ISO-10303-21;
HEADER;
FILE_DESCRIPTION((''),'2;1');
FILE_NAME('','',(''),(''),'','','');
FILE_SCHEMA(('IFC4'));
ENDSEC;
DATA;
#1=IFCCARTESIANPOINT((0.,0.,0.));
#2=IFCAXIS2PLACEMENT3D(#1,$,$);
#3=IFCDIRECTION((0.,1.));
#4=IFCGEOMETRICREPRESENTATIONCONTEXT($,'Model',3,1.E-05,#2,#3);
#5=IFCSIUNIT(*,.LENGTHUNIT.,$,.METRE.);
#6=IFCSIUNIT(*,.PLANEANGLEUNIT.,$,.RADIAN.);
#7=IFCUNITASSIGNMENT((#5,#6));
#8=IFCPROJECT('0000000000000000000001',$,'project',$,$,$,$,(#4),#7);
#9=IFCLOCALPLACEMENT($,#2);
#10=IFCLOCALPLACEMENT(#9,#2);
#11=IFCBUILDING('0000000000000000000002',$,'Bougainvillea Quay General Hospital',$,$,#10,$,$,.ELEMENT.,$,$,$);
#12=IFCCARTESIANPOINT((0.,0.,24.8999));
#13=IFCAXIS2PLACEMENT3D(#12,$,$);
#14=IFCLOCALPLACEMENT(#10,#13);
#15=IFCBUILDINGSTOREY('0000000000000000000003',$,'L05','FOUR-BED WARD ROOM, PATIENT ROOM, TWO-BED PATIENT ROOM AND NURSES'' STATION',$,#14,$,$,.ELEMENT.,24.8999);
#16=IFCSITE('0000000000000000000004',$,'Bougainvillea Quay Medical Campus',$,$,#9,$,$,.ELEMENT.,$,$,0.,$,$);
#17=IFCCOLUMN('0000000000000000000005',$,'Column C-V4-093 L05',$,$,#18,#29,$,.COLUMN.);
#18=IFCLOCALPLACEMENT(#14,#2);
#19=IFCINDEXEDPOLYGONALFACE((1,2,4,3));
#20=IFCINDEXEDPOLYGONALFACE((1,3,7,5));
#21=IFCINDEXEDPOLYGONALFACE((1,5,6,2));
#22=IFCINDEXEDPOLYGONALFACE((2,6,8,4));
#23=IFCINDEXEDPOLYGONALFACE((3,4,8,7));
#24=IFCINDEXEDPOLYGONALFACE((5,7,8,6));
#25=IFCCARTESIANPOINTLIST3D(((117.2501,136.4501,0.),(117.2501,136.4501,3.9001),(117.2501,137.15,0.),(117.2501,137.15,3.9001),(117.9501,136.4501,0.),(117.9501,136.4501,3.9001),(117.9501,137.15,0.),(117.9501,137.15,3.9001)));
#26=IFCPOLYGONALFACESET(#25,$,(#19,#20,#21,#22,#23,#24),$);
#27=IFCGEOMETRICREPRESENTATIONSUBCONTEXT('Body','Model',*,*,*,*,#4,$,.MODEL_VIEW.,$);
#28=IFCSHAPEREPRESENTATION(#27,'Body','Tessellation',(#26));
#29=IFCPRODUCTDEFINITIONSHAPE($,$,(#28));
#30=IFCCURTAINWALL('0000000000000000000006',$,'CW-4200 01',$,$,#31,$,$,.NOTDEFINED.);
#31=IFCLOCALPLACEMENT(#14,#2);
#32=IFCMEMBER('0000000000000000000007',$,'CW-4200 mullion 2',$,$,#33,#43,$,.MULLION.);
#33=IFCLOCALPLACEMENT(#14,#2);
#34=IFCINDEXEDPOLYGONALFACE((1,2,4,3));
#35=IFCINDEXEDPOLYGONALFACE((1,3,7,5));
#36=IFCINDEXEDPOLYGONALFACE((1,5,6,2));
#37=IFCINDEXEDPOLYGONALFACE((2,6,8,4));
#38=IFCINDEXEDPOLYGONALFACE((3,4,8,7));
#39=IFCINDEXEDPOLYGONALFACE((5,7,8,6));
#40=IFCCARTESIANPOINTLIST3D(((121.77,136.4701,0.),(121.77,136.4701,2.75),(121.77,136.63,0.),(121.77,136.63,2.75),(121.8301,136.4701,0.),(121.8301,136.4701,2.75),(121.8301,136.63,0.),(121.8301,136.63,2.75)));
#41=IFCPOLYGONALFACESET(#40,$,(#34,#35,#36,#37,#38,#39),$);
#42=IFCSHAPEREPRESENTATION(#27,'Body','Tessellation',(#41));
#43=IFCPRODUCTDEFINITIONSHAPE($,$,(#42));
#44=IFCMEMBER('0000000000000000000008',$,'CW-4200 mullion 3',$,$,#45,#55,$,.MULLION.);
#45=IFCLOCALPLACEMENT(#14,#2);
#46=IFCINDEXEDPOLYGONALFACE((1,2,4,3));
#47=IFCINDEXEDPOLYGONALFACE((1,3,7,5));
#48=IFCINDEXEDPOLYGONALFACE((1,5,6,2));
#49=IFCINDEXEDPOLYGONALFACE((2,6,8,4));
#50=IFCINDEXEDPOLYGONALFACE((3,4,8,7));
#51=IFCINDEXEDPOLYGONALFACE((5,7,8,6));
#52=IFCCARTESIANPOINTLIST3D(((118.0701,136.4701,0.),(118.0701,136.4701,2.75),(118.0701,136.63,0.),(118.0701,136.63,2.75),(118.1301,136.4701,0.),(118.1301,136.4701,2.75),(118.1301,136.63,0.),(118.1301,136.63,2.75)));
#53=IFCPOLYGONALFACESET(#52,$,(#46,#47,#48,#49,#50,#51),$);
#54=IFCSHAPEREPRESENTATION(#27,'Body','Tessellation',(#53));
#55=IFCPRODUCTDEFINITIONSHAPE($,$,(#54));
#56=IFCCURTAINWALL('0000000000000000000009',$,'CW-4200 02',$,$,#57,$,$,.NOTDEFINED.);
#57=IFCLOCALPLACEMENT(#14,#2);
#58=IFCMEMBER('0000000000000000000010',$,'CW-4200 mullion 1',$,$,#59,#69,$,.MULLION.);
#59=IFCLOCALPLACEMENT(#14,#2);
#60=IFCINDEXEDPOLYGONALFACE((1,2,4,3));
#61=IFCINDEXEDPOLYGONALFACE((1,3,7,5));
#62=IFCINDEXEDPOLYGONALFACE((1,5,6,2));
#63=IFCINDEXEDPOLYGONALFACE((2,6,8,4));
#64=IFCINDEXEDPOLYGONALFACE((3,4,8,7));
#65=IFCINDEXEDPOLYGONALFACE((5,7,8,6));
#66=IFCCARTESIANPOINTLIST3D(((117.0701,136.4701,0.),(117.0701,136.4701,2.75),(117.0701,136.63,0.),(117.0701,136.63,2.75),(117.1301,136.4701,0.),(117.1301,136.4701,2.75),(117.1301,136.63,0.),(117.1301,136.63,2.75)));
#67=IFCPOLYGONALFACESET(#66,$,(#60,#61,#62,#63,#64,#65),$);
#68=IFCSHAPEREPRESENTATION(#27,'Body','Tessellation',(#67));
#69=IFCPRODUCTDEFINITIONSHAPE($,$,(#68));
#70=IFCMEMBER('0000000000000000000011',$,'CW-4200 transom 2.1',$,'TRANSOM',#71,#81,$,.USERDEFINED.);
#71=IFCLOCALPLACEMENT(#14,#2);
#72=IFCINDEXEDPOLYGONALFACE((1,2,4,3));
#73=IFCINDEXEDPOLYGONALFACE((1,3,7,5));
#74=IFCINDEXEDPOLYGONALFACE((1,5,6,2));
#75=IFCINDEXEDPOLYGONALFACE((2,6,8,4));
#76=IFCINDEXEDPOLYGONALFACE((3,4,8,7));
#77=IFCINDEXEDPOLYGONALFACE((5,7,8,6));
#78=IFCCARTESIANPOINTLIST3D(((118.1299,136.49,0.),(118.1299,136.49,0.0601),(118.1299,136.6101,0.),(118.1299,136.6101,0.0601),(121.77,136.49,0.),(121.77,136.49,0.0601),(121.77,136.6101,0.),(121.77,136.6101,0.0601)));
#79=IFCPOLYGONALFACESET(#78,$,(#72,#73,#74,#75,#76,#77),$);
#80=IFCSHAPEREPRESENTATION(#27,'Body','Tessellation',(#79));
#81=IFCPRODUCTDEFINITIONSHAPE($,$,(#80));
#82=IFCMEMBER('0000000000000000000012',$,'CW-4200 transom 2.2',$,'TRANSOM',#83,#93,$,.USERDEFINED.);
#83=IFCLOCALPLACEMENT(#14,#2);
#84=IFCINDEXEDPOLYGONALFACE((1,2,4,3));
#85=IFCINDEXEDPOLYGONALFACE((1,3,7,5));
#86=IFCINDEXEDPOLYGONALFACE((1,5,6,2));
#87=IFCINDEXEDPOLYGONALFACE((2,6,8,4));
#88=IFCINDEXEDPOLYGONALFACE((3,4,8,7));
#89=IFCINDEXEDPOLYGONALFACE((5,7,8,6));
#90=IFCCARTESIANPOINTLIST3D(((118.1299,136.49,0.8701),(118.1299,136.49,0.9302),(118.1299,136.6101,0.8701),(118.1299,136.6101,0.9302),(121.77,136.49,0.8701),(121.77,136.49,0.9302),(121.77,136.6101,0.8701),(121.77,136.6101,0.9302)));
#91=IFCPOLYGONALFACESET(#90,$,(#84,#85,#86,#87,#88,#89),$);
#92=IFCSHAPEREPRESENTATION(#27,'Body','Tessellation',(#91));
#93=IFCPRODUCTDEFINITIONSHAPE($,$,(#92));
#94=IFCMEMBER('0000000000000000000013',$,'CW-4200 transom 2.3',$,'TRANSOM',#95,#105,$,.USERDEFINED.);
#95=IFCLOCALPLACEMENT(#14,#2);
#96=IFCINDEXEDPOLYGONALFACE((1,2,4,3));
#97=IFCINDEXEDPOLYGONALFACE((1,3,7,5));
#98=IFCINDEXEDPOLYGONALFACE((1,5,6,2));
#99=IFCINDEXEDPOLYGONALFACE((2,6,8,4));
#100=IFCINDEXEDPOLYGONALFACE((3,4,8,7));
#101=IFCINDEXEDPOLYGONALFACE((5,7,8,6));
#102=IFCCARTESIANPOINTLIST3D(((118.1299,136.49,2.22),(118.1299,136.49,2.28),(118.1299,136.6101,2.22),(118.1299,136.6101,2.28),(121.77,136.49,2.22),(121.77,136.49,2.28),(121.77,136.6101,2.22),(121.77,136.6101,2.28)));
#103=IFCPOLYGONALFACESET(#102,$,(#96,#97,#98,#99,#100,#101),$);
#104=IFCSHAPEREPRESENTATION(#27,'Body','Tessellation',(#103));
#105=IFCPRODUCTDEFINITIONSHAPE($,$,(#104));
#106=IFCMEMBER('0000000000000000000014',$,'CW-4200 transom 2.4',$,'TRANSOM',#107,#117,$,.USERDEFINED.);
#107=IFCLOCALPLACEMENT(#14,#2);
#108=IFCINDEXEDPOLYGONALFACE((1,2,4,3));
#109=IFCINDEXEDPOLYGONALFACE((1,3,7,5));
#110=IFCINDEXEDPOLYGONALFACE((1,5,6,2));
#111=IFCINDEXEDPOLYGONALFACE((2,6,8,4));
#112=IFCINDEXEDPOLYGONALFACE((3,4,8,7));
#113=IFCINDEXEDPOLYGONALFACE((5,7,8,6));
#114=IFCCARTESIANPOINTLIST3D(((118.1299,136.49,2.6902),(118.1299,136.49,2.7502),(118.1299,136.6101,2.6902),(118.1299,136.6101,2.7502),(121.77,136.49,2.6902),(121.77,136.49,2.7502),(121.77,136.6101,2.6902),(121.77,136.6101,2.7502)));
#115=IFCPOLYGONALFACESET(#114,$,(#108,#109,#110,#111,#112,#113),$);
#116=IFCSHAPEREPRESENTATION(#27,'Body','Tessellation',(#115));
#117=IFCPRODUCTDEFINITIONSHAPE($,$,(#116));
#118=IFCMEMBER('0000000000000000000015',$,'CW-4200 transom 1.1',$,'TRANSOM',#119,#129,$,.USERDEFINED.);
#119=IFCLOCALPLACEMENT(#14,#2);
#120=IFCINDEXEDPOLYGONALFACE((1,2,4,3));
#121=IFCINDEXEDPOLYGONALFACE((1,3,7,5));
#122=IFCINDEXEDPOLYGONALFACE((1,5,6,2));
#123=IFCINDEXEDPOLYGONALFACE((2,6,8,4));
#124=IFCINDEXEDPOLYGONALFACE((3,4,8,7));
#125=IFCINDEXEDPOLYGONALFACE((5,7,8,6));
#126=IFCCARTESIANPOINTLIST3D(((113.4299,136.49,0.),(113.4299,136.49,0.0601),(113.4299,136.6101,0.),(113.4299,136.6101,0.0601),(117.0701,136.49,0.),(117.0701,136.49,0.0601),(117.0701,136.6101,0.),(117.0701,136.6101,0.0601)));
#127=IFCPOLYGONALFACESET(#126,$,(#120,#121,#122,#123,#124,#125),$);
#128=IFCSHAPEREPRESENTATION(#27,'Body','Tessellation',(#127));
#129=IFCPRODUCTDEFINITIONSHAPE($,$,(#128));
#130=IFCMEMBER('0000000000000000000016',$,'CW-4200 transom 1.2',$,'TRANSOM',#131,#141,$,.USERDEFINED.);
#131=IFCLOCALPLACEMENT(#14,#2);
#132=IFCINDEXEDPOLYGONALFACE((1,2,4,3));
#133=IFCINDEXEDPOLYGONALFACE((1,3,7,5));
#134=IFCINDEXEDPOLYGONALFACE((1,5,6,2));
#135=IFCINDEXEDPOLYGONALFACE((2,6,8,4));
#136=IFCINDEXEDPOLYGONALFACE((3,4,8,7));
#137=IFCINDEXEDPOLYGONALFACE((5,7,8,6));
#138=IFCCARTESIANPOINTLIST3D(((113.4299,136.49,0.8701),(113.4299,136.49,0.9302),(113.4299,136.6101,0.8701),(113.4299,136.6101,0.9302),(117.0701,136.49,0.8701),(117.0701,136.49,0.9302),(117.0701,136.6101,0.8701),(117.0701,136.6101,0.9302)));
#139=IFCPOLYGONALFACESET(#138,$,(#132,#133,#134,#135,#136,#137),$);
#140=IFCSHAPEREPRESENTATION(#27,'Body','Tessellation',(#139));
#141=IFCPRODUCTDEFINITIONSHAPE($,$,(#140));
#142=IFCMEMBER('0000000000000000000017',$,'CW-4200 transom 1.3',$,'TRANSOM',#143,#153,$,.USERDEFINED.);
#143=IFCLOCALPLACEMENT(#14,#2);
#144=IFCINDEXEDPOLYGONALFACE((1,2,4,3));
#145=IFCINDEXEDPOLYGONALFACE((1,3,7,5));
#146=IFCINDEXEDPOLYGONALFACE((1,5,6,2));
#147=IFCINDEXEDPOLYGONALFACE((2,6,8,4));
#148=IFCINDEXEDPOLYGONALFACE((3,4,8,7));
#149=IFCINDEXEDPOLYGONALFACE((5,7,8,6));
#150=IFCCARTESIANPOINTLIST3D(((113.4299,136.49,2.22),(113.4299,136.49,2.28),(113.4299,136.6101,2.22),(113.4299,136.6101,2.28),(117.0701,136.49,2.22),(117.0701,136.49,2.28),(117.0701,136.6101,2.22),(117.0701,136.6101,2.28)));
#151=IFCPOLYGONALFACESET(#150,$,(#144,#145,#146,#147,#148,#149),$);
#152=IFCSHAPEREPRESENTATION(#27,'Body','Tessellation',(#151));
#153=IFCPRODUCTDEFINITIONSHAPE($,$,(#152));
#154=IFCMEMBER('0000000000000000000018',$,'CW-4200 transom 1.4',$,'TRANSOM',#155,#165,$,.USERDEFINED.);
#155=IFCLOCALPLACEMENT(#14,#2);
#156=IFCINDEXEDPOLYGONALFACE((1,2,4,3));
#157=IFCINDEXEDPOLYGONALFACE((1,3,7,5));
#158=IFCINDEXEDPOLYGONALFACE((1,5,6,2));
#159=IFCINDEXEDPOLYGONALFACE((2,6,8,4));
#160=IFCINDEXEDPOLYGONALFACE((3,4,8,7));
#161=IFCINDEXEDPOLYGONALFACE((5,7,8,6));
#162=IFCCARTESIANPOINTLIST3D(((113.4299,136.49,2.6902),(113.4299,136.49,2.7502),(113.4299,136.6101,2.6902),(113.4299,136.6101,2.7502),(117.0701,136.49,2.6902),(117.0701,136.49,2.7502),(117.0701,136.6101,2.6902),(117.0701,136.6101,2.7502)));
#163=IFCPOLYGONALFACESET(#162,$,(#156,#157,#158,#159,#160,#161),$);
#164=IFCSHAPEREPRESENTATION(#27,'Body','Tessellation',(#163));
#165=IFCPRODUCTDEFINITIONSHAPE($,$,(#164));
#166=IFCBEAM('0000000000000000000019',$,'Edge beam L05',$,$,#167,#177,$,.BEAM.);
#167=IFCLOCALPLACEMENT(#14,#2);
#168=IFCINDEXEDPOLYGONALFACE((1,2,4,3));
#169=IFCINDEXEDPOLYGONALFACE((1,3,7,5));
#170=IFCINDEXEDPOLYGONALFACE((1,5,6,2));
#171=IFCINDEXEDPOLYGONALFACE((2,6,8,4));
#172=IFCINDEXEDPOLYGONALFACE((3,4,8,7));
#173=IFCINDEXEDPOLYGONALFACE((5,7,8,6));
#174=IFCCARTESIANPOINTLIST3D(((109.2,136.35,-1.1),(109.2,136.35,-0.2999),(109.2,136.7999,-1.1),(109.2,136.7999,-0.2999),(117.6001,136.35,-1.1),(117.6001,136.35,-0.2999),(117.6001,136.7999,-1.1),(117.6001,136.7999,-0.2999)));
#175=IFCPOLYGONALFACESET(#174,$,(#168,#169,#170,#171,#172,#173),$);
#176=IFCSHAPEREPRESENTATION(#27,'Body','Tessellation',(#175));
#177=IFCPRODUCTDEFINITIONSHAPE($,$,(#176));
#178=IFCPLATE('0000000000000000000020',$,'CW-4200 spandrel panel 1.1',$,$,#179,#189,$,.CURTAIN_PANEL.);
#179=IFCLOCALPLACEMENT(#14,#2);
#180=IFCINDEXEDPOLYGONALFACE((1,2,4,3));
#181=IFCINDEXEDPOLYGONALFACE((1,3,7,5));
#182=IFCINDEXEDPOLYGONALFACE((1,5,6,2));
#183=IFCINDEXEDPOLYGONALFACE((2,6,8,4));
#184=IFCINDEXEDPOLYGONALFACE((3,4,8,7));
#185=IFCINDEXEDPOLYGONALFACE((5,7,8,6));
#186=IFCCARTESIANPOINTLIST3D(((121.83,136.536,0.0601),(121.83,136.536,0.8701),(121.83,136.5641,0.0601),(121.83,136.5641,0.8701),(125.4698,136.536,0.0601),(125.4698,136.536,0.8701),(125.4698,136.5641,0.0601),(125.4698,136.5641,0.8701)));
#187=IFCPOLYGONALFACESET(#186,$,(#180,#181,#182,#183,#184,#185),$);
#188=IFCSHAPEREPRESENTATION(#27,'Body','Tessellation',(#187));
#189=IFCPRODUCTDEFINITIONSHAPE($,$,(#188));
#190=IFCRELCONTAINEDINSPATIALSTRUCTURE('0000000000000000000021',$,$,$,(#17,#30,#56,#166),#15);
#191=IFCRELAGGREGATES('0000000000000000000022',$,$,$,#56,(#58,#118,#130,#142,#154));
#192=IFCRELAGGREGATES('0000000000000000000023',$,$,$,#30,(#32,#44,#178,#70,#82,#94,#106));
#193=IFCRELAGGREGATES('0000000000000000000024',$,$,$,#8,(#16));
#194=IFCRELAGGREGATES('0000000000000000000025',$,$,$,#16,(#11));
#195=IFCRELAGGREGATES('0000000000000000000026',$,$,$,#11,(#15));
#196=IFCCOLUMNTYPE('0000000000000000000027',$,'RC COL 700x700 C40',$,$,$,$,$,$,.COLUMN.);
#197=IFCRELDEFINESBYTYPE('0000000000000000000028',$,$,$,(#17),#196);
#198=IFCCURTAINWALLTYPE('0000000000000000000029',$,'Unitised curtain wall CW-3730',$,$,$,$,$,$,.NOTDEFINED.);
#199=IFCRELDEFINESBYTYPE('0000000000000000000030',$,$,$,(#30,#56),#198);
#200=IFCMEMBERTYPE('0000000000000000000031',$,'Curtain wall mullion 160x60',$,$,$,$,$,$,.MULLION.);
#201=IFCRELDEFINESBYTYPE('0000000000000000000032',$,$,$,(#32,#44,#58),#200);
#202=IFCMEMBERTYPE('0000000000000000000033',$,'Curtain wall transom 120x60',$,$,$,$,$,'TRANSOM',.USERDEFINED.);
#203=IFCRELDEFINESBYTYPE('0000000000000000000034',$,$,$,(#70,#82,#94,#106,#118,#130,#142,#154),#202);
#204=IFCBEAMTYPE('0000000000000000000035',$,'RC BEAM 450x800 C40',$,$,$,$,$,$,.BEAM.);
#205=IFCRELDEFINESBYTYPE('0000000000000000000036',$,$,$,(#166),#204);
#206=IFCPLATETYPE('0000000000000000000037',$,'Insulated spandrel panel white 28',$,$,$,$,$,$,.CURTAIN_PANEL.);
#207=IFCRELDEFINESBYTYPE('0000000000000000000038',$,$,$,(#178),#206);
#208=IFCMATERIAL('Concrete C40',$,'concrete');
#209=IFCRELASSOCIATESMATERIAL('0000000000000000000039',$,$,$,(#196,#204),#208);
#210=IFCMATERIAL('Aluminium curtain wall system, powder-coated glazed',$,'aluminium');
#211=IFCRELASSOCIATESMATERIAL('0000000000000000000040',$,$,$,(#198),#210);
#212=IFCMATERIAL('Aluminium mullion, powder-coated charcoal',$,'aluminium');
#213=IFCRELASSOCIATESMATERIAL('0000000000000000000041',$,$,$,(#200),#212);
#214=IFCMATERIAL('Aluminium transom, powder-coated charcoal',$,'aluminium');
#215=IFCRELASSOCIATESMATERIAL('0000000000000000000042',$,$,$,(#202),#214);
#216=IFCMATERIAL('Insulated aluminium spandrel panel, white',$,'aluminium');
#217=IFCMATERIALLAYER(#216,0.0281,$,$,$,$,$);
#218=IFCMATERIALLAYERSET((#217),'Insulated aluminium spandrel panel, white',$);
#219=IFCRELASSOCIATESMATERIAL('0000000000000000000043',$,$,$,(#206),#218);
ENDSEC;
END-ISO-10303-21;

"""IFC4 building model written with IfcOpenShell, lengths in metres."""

from ifc_helpers import new_model, si_unit, direction, frame, origin, origin_2d, place, context, subcontext, project, spatial, rectangle, extrude, material, layer, layer_set, material_profile, profile_set, type_object, element, aggregate, save


model = new_model("IFC4")

# Units and contexts
model_context = context("Model", 3, precision=1e-05, world=origin(), true_north=direction((0.0, 1.0)))
body_context = subcontext(model_context, "Body", "Model", "MODEL_VIEW")
ifc_project = project(units=[si_unit("LENGTHUNIT", "METRE"), si_unit("PLANEANGLEUNIT", "RADIAN")], contexts=[model_context])

# Site, building, storey
site_placement = place(None, origin())
site = spatial("IfcSite", under=ifc_project, at=site_placement, Name="Bougainvillea Quay Medical Campus", CompositionType="ELEMENT", RefElevation=0.0)
building_placement = place(site_placement, origin())
building = spatial("IfcBuilding", under=site, at=building_placement, Name="Bougainvillea Quay General Hospital", CompositionType="ELEMENT")
storey_placement = place(building_placement, frame((0.0, 0.0, 24.8999)))
storey = spatial("IfcBuildingStorey", under=building, at=storey_placement, Name="L05", Description="FOUR-BED WARD ROOM, PATIENT ROOM, TWO-BED PATIENT ROOM AND NURSES' STATION", CompositionType="ELEMENT", Elevation=24.8999)

# Column
ifc_material_1 = material(Name="Concrete C40", Category="concrete")
ifc_material_profile_1 = material_profile(ifc_material_1, rectangle(XDim=0.7, YDim=0.7, at=origin_2d()))
ifc_profile_set_1 = profile_set([ifc_material_profile_1], Name="Concrete C40")
column_type = type_object("IfcColumnType", Name="RC COL 700x700 C40", PredefinedType="COLUMN", material=ifc_profile_set_1)
column_placement = place(storey_placement, frame((117.6001, 136.8, 0.0), z_axis=(0.0, 0.0, 1.0), x_axis=(1.0, 0.0, 0.0)))
element("IfcColumn", 1, at=column_placement, inside=storey, type_object=column_type, Name="Column C-V4-093 L05", PredefinedType="COLUMN", context=body_context, shape_type="SweptSolid", body=[
    extrude(rectangle(XDim=0.7, YDim=0.7, at=origin_2d()), origin(), (0.0, 0.0, 1.0), 3.9001),
])

# Curtain wall, members
ifc_material_2 = material(Name="Aluminium curtain wall system, powder-coated glazed", Category="aluminium")
curtain_wall_type = type_object("IfcCurtainWallType", Name="Unitised curtain wall CW-3730", PredefinedType="NOTDEFINED", material=ifc_material_2)
curtain_wall_1_placement = place(storey_placement, origin())
curtain_wall_1 = element("IfcCurtainWall", 2, at=curtain_wall_1_placement, inside=storey, type_object=curtain_wall_type, Name="CW-4200 01", PredefinedType="NOTDEFINED")
ifc_material_3 = material(Name="Aluminium mullion, powder-coated charcoal", Category="aluminium")
ifc_material_profile_2 = material_profile(ifc_material_3, rectangle(XDim=0.1599, YDim=0.0601, at=origin_2d()))
ifc_profile_set_2 = profile_set([ifc_material_profile_2], Name="Aluminium mullion, powder-coated charcoal")
member_type_1 = type_object("IfcMemberType", Name="Curtain wall mullion 160x60", PredefinedType="MULLION", material=ifc_profile_set_2)
member_1_placement = place(storey_placement, frame((121.8, 136.55, 0.0), z_axis=(0.0, 0.0, 1.0), x_axis=(0.0, -1.0, 0.0)))
member_1 = element("IfcMember", 3, at=member_1_placement, type_object=member_type_1, Name="CW-4200 mullion 2", PredefinedType="MULLION", context=body_context, shape_type="SweptSolid", body=[
    extrude(rectangle(XDim=0.1599, YDim=0.0601, at=origin_2d()), origin(), (0.0, 0.0, 1.0), 2.75),
])
member_2_placement = place(storey_placement, frame((118.1001, 136.55, 0.0), z_axis=(0.0, 0.0, 1.0), x_axis=(0.0, -1.0, 0.0)))
member_2 = element("IfcMember", 4, at=member_2_placement, type_object=member_type_1, Name="CW-4200 mullion 3", PredefinedType="MULLION", context=body_context, shape_type="SweptSolid", body=[
    extrude(rectangle(XDim=0.1599, YDim=0.0601, at=origin_2d()), origin(), (0.0, 0.0, 1.0), 2.75),
])

# Curtain wall, member
curtain_wall_2_placement = place(storey_placement, origin())
curtain_wall_2 = element("IfcCurtainWall", 5, at=curtain_wall_2_placement, inside=storey, type_object=curtain_wall_type, Name="CW-4200 02", PredefinedType="NOTDEFINED")
member_3_placement = place(storey_placement, frame((117.1001, 136.55, 0.0), z_axis=(0.0, 0.0, 1.0), x_axis=(0.0, -1.0, 0.0)))
member_3 = element("IfcMember", 6, at=member_3_placement, type_object=member_type_1, Name="CW-4200 mullion 1", PredefinedType="MULLION", context=body_context, shape_type="SweptSolid", body=[
    extrude(rectangle(XDim=0.1599, YDim=0.0601, at=origin_2d()), origin(), (0.0, 0.0, 1.0), 2.75),
])

# Members
ifc_material_4 = material(Name="Aluminium transom, powder-coated charcoal", Category="aluminium")
ifc_material_profile_3 = material_profile(ifc_material_4, rectangle(XDim=0.1201, YDim=0.0601, at=origin_2d()))
ifc_profile_set_3 = profile_set([ifc_material_profile_3], Name="Aluminium transom, powder-coated charcoal")
member_type_2 = type_object("IfcMemberType", Name="Curtain wall transom 120x60", ElementType="TRANSOM", PredefinedType="USERDEFINED", material=ifc_profile_set_3)
member_4_placement = place(storey_placement, frame((121.77, 136.55, 0.03), z_axis=(-1.0, 0.0, 0.0), x_axis=(0.0, -1.0, 0.0)))
member_4 = element("IfcMember", 7, at=member_4_placement, type_object=member_type_2, Name="CW-4200 transom 2.1", ObjectType="TRANSOM", PredefinedType="USERDEFINED", context=body_context, shape_type="SweptSolid", body=[
    extrude(rectangle(XDim=0.1201, YDim=0.0601, at=origin_2d()), origin(), (0.0, 0.0, 1.0), 3.6401),
])
member_5_placement = place(storey_placement, frame((121.77, 136.55, 0.9001), z_axis=(-1.0, 0.0, 0.0), x_axis=(0.0, -1.0, 0.0)))
member_5 = element("IfcMember", 8, at=member_5_placement, type_object=member_type_2, Name="CW-4200 transom 2.2", ObjectType="TRANSOM", PredefinedType="USERDEFINED", context=body_context, shape_type="SweptSolid", body=[
    extrude(rectangle(XDim=0.1201, YDim=0.0601, at=origin_2d()), origin(), (0.0, 0.0, 1.0), 3.6401),
])
member_6_placement = place(storey_placement, frame((121.77, 136.55, 2.25), z_axis=(-1.0, 0.0, 0.0), x_axis=(0.0, -1.0, 0.0)))
member_6 = element("IfcMember", 9, at=member_6_placement, type_object=member_type_2, Name="CW-4200 transom 2.3", ObjectType="TRANSOM", PredefinedType="USERDEFINED", context=body_context, shape_type="SweptSolid", body=[
    extrude(rectangle(XDim=0.1201, YDim=0.0601, at=origin_2d()), origin(), (0.0, 0.0, 1.0), 3.6401),
])
member_7_placement = place(storey_placement, frame((121.77, 136.55, 2.7202), z_axis=(-1.0, 0.0, 0.0), x_axis=(0.0, -1.0, 0.0)))
member_7 = element("IfcMember", 10, at=member_7_placement, type_object=member_type_2, Name="CW-4200 transom 2.4", ObjectType="TRANSOM", PredefinedType="USERDEFINED", context=body_context, shape_type="SweptSolid", body=[
    extrude(rectangle(XDim=0.1201, YDim=0.0601, at=origin_2d()), origin(), (0.0, 0.0, 1.0), 3.6401),
])
member_8_placement = place(storey_placement, frame((117.0701, 136.55, 0.03), z_axis=(-1.0, 0.0, 0.0), x_axis=(0.0, -1.0, 0.0)))
member_8 = element("IfcMember", 11, at=member_8_placement, type_object=member_type_2, Name="CW-4200 transom 1.1", ObjectType="TRANSOM", PredefinedType="USERDEFINED", context=body_context, shape_type="SweptSolid", body=[
    extrude(rectangle(XDim=0.1201, YDim=0.0601, at=origin_2d()), origin(), (0.0, 0.0, 1.0), 3.6401),
])
member_9_placement = place(storey_placement, frame((117.0701, 136.55, 0.9001), z_axis=(-1.0, 0.0, 0.0), x_axis=(0.0, -1.0, 0.0)))
member_9 = element("IfcMember", 12, at=member_9_placement, type_object=member_type_2, Name="CW-4200 transom 1.2", ObjectType="TRANSOM", PredefinedType="USERDEFINED", context=body_context, shape_type="SweptSolid", body=[
    extrude(rectangle(XDim=0.1201, YDim=0.0601, at=origin_2d()), origin(), (0.0, 0.0, 1.0), 3.6401),
])
member_10_placement = place(storey_placement, frame((117.0701, 136.55, 2.25), z_axis=(-1.0, 0.0, 0.0), x_axis=(0.0, -1.0, 0.0)))
member_10 = element("IfcMember", 13, at=member_10_placement, type_object=member_type_2, Name="CW-4200 transom 1.3", ObjectType="TRANSOM", PredefinedType="USERDEFINED", context=body_context, shape_type="SweptSolid", body=[
    extrude(rectangle(XDim=0.1201, YDim=0.0601, at=origin_2d()), origin(), (0.0, 0.0, 1.0), 3.6401),
])
member_11_placement = place(storey_placement, frame((117.0701, 136.55, 2.7202), z_axis=(-1.0, 0.0, 0.0), x_axis=(0.0, -1.0, 0.0)))
member_11 = element("IfcMember", 14, at=member_11_placement, type_object=member_type_2, Name="CW-4200 transom 1.4", ObjectType="TRANSOM", PredefinedType="USERDEFINED", context=body_context, shape_type="SweptSolid", body=[
    extrude(rectangle(XDim=0.1201, YDim=0.0601, at=origin_2d()), origin(), (0.0, 0.0, 1.0), 3.6401),
])
aggregate(curtain_wall_2, [member_3, member_8, member_9, member_10, member_11])

# Beam
ifc_material_profile_4 = material_profile(ifc_material_1, rectangle(XDim=0.45, YDim=0.8, at=origin_2d()))
ifc_profile_set_4 = profile_set([ifc_material_profile_4], Name="Concrete C40")
beam_type = type_object("IfcBeamType", Name="RC BEAM 450x800 C40", PredefinedType="BEAM", material=ifc_profile_set_4)
beam_placement = place(storey_placement, frame((117.6001, 136.575, -0.7), z_axis=(-1.0, 0.0, 0.0), x_axis=(0.0, -1.0, 0.0)))
element("IfcBeam", 15, at=beam_placement, inside=storey, type_object=beam_type, Name="Edge beam L05", PredefinedType="BEAM", context=body_context, shape_type="SweptSolid", body=[
    extrude(rectangle(XDim=0.45, YDim=0.8, at=origin_2d()), origin(), (0.0, 0.0, 1.0), 8.4001),
])

# Plate
ifc_material_5 = material(Name="Insulated aluminium spandrel panel, white", Category="aluminium")
ifc_layer_1 = layer(ifc_material_5, 0.0281)
ifc_layer_set_1 = layer_set([ifc_layer_1], Name="Insulated aluminium spandrel panel, white")
plate_type_1 = type_object("IfcPlateType", Name="Insulated spandrel panel white 28", PredefinedType="CURTAIN_PANEL", material=ifc_layer_set_1)
plate_1_placement = place(storey_placement, frame((123.6499, 136.55, 0.0601), z_axis=(0.0, 0.0, 1.0), x_axis=(-1.0, 0.0, 0.0)))
plate_1 = element("IfcPlate", 16, at=plate_1_placement, type_object=plate_type_1, Name="CW-4200 spandrel panel 1.1", PredefinedType="CURTAIN_PANEL", context=body_context, shape_type="SweptSolid", body=[
    extrude(rectangle(XDim=3.6399, YDim=0.0281, at=origin_2d()), origin(), (0.0, 0.0, 1.0), 0.8101),
])
aggregate(curtain_wall_1, [member_1, member_2, plate_1, member_4, member_5, member_6, member_7])

save(model, "model.ifc")
